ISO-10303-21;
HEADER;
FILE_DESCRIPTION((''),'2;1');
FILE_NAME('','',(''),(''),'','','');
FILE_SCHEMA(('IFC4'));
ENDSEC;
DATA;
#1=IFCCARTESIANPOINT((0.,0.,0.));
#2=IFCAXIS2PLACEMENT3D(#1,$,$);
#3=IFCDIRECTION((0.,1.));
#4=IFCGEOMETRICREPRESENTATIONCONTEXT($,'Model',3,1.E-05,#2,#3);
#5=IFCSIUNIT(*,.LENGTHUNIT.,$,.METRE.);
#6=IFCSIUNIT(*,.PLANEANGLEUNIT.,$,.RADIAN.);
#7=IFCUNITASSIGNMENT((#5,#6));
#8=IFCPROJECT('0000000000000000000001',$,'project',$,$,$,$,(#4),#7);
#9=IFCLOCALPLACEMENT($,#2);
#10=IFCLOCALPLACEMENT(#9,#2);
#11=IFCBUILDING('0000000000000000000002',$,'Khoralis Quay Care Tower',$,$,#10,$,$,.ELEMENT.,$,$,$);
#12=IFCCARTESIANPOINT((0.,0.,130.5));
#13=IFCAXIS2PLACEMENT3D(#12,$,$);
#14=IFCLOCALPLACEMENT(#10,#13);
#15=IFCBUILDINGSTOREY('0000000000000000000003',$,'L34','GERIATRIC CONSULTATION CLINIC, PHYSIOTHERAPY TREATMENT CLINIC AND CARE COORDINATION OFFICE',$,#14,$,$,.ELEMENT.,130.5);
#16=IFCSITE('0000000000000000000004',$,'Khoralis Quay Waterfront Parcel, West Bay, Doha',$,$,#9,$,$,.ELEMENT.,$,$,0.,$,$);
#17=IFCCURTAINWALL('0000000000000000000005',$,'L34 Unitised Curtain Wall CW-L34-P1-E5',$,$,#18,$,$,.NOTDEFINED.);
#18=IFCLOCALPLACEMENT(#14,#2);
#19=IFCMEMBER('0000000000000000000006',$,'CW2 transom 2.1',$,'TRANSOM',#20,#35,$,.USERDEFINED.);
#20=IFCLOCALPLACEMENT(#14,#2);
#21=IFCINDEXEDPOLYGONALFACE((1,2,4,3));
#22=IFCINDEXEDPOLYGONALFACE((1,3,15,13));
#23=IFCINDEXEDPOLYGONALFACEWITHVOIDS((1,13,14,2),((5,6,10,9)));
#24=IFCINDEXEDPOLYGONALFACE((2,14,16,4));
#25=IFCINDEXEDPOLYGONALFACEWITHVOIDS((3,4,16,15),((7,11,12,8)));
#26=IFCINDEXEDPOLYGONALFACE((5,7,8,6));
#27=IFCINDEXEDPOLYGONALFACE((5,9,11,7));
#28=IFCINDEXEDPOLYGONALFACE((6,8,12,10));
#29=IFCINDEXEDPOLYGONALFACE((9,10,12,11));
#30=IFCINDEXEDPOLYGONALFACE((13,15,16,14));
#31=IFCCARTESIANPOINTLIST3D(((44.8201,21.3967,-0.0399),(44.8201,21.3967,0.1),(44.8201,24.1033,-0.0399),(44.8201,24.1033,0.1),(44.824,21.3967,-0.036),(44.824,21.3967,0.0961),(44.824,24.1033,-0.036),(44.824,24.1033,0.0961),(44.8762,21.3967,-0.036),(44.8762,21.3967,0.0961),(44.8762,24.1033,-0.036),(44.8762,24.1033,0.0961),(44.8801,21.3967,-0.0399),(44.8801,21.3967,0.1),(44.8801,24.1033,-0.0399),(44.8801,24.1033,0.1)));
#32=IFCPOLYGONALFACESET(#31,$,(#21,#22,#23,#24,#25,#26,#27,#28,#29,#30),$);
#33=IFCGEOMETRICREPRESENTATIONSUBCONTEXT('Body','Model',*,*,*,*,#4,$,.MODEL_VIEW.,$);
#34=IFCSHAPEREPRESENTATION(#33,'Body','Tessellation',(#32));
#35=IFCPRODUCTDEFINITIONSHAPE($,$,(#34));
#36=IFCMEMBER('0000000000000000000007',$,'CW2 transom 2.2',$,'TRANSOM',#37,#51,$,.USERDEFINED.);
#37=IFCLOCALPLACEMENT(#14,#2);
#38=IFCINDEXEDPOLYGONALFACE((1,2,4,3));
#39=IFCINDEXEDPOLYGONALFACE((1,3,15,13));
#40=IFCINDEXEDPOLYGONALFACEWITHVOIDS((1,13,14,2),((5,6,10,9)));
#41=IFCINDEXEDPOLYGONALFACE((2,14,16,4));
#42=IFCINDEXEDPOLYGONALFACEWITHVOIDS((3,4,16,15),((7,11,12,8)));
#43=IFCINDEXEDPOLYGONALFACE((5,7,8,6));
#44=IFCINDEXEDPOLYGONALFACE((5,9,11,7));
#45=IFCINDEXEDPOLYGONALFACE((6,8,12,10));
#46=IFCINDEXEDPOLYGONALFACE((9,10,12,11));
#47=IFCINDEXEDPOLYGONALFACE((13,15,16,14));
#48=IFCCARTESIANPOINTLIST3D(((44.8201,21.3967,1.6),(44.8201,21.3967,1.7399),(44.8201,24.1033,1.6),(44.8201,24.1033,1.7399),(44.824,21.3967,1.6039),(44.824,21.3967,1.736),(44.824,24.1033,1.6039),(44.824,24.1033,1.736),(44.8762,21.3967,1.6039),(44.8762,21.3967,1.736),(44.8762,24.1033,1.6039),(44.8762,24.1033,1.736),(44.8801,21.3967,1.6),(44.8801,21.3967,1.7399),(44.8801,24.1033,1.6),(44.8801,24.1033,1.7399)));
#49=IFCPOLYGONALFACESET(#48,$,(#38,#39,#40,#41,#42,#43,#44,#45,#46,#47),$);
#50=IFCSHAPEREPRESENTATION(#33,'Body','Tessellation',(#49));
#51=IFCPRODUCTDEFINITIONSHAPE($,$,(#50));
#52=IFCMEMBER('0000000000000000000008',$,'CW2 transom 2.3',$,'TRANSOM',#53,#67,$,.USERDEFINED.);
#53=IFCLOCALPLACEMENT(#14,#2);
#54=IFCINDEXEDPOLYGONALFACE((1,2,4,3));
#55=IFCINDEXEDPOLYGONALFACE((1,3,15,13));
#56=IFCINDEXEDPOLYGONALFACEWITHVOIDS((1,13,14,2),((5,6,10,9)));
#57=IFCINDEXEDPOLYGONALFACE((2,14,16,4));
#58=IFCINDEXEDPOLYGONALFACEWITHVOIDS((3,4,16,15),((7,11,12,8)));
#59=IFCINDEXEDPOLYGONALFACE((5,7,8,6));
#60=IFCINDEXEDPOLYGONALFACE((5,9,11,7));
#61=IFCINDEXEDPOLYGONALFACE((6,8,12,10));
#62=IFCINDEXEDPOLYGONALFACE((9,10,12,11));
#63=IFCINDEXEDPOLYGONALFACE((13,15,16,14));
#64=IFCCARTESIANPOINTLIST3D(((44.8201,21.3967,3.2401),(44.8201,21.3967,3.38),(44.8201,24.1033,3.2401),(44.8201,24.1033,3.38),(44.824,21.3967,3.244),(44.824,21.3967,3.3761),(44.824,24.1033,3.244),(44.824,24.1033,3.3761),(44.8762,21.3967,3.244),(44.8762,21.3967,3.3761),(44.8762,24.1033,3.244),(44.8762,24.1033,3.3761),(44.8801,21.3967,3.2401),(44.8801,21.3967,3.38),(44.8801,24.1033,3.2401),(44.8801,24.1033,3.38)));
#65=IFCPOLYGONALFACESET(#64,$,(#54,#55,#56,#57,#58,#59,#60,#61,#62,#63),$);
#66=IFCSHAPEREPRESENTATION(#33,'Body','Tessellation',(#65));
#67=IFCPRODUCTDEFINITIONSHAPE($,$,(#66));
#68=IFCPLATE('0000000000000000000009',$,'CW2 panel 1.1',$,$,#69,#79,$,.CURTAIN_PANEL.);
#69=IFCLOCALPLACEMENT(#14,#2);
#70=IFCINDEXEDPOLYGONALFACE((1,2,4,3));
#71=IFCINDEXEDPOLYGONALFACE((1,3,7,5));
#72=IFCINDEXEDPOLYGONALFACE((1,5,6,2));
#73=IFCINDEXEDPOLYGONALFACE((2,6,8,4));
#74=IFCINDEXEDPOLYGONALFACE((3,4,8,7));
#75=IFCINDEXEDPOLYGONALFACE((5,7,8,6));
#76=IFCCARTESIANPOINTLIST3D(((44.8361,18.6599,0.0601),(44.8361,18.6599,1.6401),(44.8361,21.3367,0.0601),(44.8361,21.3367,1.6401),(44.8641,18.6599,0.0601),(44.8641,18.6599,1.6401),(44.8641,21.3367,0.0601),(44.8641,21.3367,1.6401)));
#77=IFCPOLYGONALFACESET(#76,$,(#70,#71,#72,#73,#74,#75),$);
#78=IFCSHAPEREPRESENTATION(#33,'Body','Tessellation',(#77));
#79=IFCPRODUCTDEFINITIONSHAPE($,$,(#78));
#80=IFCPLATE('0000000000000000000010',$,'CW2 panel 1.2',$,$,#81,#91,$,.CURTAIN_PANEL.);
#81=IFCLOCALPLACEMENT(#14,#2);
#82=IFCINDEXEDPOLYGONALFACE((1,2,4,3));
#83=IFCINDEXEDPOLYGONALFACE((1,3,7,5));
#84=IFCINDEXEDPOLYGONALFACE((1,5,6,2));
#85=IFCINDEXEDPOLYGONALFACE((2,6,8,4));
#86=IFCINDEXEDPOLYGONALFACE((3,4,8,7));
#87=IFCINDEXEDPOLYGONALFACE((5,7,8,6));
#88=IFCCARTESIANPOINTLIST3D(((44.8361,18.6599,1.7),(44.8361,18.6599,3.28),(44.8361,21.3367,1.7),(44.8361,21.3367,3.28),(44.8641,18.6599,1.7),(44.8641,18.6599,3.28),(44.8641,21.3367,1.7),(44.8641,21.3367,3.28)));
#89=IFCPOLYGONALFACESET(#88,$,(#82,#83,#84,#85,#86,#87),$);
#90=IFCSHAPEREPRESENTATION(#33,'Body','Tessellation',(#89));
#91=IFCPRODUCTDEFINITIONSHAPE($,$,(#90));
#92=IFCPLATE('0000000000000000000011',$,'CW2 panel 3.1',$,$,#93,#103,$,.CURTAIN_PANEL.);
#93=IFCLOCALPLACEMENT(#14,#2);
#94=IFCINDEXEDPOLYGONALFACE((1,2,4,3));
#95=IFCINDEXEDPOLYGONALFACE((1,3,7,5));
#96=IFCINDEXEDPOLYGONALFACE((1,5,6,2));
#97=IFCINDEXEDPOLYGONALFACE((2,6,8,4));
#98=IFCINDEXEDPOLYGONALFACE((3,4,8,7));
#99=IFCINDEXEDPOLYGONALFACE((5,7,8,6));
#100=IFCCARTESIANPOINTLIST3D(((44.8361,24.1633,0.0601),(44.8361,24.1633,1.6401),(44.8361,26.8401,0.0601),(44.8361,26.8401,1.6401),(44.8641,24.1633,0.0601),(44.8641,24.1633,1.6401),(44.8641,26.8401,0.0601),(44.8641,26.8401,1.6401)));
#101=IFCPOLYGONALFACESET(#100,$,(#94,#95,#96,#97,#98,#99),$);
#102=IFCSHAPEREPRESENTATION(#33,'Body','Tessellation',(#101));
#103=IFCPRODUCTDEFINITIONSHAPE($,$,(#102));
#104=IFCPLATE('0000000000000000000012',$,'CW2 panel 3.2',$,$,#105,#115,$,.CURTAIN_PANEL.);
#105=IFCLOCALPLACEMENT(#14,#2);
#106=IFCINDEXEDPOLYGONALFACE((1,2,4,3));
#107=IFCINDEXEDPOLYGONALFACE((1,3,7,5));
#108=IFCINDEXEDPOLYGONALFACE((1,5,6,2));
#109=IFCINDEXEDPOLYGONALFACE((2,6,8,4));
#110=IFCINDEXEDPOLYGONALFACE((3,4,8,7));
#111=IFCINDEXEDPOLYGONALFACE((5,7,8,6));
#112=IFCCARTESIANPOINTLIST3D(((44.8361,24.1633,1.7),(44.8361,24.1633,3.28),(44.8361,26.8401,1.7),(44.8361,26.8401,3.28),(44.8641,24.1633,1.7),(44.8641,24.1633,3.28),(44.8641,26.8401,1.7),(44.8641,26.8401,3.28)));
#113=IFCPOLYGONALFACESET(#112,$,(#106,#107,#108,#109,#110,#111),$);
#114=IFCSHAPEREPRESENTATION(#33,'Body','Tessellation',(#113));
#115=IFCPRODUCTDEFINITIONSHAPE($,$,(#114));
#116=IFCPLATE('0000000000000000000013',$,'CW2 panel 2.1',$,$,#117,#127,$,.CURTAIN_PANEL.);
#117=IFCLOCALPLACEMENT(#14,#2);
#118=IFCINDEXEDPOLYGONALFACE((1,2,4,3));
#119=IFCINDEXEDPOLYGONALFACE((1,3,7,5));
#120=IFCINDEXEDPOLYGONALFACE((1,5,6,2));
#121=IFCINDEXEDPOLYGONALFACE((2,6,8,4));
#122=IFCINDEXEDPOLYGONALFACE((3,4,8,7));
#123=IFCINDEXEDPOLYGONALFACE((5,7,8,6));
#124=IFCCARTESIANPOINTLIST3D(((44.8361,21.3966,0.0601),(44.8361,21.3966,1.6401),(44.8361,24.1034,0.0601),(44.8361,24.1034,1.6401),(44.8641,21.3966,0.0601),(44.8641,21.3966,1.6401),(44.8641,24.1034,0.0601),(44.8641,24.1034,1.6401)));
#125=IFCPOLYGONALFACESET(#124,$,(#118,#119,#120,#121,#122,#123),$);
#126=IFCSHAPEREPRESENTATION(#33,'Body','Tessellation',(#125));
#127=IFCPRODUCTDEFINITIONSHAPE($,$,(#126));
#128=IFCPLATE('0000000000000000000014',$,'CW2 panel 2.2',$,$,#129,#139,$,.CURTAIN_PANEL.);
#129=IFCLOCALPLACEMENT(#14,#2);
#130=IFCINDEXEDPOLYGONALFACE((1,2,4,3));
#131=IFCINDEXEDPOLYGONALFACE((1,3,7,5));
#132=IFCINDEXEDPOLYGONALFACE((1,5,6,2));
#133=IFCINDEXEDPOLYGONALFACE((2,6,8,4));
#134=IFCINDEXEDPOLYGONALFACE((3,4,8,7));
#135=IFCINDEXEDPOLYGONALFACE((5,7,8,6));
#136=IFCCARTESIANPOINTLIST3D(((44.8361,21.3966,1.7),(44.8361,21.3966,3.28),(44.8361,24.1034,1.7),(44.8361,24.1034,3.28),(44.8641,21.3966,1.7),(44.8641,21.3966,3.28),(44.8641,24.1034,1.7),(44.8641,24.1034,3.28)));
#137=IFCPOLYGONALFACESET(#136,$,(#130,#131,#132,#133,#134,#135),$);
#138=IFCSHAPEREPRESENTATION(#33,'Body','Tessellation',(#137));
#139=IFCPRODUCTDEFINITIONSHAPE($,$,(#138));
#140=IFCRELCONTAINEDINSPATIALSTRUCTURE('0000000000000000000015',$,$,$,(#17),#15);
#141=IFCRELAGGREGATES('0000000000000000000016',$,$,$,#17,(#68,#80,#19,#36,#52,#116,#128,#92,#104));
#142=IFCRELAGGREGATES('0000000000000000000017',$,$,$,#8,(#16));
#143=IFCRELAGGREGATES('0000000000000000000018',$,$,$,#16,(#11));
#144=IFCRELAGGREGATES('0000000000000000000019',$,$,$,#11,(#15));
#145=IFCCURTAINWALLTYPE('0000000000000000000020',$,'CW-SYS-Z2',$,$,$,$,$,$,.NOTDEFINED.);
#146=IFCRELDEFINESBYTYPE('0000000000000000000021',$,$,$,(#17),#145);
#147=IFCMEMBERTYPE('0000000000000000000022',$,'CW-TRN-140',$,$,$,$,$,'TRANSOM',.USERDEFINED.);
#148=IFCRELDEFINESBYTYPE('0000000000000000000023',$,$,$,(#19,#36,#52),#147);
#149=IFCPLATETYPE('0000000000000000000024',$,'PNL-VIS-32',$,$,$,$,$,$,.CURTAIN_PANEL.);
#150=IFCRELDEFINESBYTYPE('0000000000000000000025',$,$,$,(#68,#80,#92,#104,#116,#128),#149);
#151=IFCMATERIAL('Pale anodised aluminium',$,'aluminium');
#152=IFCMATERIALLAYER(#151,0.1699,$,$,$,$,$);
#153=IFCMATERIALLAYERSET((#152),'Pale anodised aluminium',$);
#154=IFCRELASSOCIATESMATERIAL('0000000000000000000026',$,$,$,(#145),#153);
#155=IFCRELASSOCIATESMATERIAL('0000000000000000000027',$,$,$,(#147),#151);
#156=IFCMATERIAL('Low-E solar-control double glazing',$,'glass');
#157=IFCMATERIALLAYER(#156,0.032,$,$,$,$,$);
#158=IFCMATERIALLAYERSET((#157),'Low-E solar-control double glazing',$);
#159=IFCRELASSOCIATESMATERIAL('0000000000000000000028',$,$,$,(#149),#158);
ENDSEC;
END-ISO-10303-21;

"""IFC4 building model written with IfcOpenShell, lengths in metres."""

from ifc_helpers import new_model, si_unit, direction, frame, origin, origin_2d, place, context, subcontext, project, spatial, rectangle, hollow_rectangle, extrude, source, transform, mapped, material, layer, layer_set, material_profile, profile_set, type_object, element, aggregate, save


model = new_model("IFC4")

# Units and contexts
model_context = context("Model", 3, precision=1e-05, world=origin(), true_north=direction((0.0, 1.0)))
body_context = subcontext(model_context, "Body", "Model", "MODEL_VIEW")
ifc_project = project(units=[si_unit("LENGTHUNIT", "METRE"), si_unit("PLANEANGLEUNIT", "RADIAN")], contexts=[model_context])

# Site, building, storey
site_placement = place(None, origin())
site = spatial("IfcSite", under=ifc_project, at=site_placement, Name="Khoralis Quay Waterfront Parcel, West Bay, Doha", CompositionType="ELEMENT", RefElevation=0.0)
building_placement = place(site_placement, origin())
building = spatial("IfcBuilding", under=site, at=building_placement, Name="Khoralis Quay Care Tower", CompositionType="ELEMENT")
storey_placement = place(building_placement, frame((0.0, 0.0, 130.5)))
storey = spatial("IfcBuildingStorey", under=building, at=storey_placement, Name="L34", Description="GERIATRIC CONSULTATION CLINIC, PHYSIOTHERAPY TREATMENT CLINIC AND CARE COORDINATION OFFICE", CompositionType="ELEMENT", Elevation=130.5)

# Curtain wall, members, plates
ifc_material_1 = material(Name="Pale anodised aluminium", Category="aluminium")
ifc_layer_1 = layer(ifc_material_1, 0.1699)
ifc_layer_set_1 = layer_set([ifc_layer_1], Name="Pale anodised aluminium")
curtain_wall_type = type_object("IfcCurtainWallType", Name="CW-SYS-Z2", PredefinedType="NOTDEFINED", material=ifc_layer_set_1)
curtain_wall_placement = place(storey_placement, origin())
curtain_wall = element("IfcCurtainWall", 1, at=curtain_wall_placement, inside=storey, type_object=curtain_wall_type, Name="L34 Unitised Curtain Wall CW-L34-P1-E5", PredefinedType="NOTDEFINED")
ifc_material_profile_1 = material_profile(ifc_material_1, hollow_rectangle(XDim=0.0601, YDim=0.1399, WallThickness=0.0039, at=origin_2d()), Name="Pale anodised aluminium")
ifc_profile_set_1 = profile_set([ifc_material_profile_1], Name="Pale anodised aluminium")
member_type_1 = type_object("IfcMemberType", Name="CW-TRN-140", ElementType="TRANSOM", PredefinedType="USERDEFINED", material=ifc_profile_set_1)
shared_shape_1 = source(origin(), body_context, "Body", "SweptSolid", [
    extrude(hollow_rectangle(XDim=0.0601, YDim=0.1399, WallThickness=0.0039, at=origin_2d()), origin(), (0.0, 0.0, 1.0), 2.7065),
])
member_1_placement = place(storey_placement, frame((44.8501, 21.3967, 0.03), z_axis=(0.0, 1.0, 0.0), x_axis=(-1.0, 0.0, 0.0)))
member_1 = element("IfcMember", 2, at=member_1_placement, type_object=member_type_1, Name="CW2 transom 2.1", ObjectType="TRANSOM", PredefinedType="USERDEFINED", context=body_context, shape_type="MappedRepresentation", body=[
    mapped(shared_shape_1, transform((0.0, 0.0, 0.0), scale=1.0)),
])
member_2_placement = place(storey_placement, frame((44.8501, 21.3967, 1.6699), z_axis=(0.0, 1.0, 0.0), x_axis=(-1.0, 0.0, 0.0)))
member_2 = element("IfcMember", 3, at=member_2_placement, type_object=member_type_1, Name="CW2 transom 2.2", ObjectType="TRANSOM", PredefinedType="USERDEFINED", context=body_context, shape_type="MappedRepresentation", body=[
    mapped(shared_shape_1, transform((0.0, 0.0, 0.0), scale=1.0)),
])
member_3_placement = place(storey_placement, frame((44.8501, 21.3967, 3.3101), z_axis=(0.0, 1.0, 0.0), x_axis=(-1.0, 0.0, 0.0)))
member_3 = element("IfcMember", 4, at=member_3_placement, type_object=member_type_1, Name="CW2 transom 2.3", ObjectType="TRANSOM", PredefinedType="USERDEFINED", context=body_context, shape_type="MappedRepresentation", body=[
    mapped(shared_shape_1, transform((0.0, 0.0, 0.0), scale=1.0)),
])
ifc_material_2 = material(Name="Low-E solar-control double glazing", Category="glass")
ifc_layer_2 = layer(ifc_material_2, 0.032)
ifc_layer_set_2 = layer_set([ifc_layer_2], Name="Low-E solar-control double glazing")
plate_type = type_object("IfcPlateType", Name="PNL-VIS-32", PredefinedType="CURTAIN_PANEL", material=ifc_layer_set_2)
shared_shape_2 = source(origin(), body_context, "Body", "SweptSolid", [
    extrude(rectangle(XDim=2.6768, YDim=0.0281, at=origin_2d()), origin(), (0.0, 0.0, 1.0), 1.5801),
])
plate_1_placement = place(storey_placement, frame((44.8501, 19.9983, 0.0601), z_axis=(0.0, 0.0, 1.0), x_axis=(0.0, 1.0, 0.0)))
plate_1 = element("IfcPlate", 5, at=plate_1_placement, type_object=plate_type, Name="CW2 panel 1.1", PredefinedType="CURTAIN_PANEL", context=body_context, shape_type="MappedRepresentation", body=[
    mapped(shared_shape_2, transform((0.0, 0.0, 0.0), scale=1.0)),
])
plate_2_placement = place(storey_placement, frame((44.8501, 19.9983, 1.7), z_axis=(0.0, 0.0, 1.0), x_axis=(0.0, 1.0, 0.0)))
plate_2 = element("IfcPlate", 6, at=plate_2_placement, type_object=plate_type, Name="CW2 panel 1.2", PredefinedType="CURTAIN_PANEL", context=body_context, shape_type="MappedRepresentation", body=[
    mapped(shared_shape_2, transform((0.0, 0.0, 0.0), scale=1.0)),
])
plate_3_placement = place(storey_placement, frame((44.8501, 25.5017, 0.0601), z_axis=(0.0, 0.0, 1.0), x_axis=(0.0, 1.0, 0.0)))
plate_3 = element("IfcPlate", 7, at=plate_3_placement, type_object=plate_type, Name="CW2 panel 3.1", PredefinedType="CURTAIN_PANEL", context=body_context, shape_type="MappedRepresentation", body=[
    mapped(shared_shape_2, transform((0.0, 0.0, 0.0), scale=1.0)),
])
plate_4_placement = place(storey_placement, frame((44.8501, 25.5017, 1.7), z_axis=(0.0, 0.0, 1.0), x_axis=(0.0, 1.0, 0.0)))
plate_4 = element("IfcPlate", 8, at=plate_4_placement, type_object=plate_type, Name="CW2 panel 3.2", PredefinedType="CURTAIN_PANEL", context=body_context, shape_type="MappedRepresentation", body=[
    mapped(shared_shape_2, transform((0.0, 0.0, 0.0), scale=1.0)),
])
shared_shape_3 = source(origin(), body_context, "Body", "SweptSolid", [
    extrude(rectangle(XDim=2.7068, YDim=0.0281, at=origin_2d()), origin(), (0.0, 0.0, 1.0), 1.5801),
])
plate_5_placement = place(storey_placement, frame((44.8501, 22.75, 0.0601), z_axis=(0.0, 0.0, 1.0), x_axis=(0.0, 1.0, 0.0)))
plate_5 = element("IfcPlate", 9, at=plate_5_placement, type_object=plate_type, Name="CW2 panel 2.1", PredefinedType="CURTAIN_PANEL", context=body_context, shape_type="MappedRepresentation", body=[
    mapped(shared_shape_3, transform((0.0, 0.0, 0.0), scale=1.0)),
])
plate_6_placement = place(storey_placement, frame((44.8501, 22.75, 1.7), z_axis=(0.0, 0.0, 1.0), x_axis=(0.0, 1.0, 0.0)))
plate_6 = element("IfcPlate", 10, at=plate_6_placement, type_object=plate_type, Name="CW2 panel 2.2", PredefinedType="CURTAIN_PANEL", context=body_context, shape_type="MappedRepresentation", body=[
    mapped(shared_shape_3, transform((0.0, 0.0, 0.0), scale=1.0)),
])
aggregate(curtain_wall, [plate_1, plate_2, member_1, member_2, member_3, plate_5, plate_6, plate_3, plate_4])

save(model, "model.ifc")
